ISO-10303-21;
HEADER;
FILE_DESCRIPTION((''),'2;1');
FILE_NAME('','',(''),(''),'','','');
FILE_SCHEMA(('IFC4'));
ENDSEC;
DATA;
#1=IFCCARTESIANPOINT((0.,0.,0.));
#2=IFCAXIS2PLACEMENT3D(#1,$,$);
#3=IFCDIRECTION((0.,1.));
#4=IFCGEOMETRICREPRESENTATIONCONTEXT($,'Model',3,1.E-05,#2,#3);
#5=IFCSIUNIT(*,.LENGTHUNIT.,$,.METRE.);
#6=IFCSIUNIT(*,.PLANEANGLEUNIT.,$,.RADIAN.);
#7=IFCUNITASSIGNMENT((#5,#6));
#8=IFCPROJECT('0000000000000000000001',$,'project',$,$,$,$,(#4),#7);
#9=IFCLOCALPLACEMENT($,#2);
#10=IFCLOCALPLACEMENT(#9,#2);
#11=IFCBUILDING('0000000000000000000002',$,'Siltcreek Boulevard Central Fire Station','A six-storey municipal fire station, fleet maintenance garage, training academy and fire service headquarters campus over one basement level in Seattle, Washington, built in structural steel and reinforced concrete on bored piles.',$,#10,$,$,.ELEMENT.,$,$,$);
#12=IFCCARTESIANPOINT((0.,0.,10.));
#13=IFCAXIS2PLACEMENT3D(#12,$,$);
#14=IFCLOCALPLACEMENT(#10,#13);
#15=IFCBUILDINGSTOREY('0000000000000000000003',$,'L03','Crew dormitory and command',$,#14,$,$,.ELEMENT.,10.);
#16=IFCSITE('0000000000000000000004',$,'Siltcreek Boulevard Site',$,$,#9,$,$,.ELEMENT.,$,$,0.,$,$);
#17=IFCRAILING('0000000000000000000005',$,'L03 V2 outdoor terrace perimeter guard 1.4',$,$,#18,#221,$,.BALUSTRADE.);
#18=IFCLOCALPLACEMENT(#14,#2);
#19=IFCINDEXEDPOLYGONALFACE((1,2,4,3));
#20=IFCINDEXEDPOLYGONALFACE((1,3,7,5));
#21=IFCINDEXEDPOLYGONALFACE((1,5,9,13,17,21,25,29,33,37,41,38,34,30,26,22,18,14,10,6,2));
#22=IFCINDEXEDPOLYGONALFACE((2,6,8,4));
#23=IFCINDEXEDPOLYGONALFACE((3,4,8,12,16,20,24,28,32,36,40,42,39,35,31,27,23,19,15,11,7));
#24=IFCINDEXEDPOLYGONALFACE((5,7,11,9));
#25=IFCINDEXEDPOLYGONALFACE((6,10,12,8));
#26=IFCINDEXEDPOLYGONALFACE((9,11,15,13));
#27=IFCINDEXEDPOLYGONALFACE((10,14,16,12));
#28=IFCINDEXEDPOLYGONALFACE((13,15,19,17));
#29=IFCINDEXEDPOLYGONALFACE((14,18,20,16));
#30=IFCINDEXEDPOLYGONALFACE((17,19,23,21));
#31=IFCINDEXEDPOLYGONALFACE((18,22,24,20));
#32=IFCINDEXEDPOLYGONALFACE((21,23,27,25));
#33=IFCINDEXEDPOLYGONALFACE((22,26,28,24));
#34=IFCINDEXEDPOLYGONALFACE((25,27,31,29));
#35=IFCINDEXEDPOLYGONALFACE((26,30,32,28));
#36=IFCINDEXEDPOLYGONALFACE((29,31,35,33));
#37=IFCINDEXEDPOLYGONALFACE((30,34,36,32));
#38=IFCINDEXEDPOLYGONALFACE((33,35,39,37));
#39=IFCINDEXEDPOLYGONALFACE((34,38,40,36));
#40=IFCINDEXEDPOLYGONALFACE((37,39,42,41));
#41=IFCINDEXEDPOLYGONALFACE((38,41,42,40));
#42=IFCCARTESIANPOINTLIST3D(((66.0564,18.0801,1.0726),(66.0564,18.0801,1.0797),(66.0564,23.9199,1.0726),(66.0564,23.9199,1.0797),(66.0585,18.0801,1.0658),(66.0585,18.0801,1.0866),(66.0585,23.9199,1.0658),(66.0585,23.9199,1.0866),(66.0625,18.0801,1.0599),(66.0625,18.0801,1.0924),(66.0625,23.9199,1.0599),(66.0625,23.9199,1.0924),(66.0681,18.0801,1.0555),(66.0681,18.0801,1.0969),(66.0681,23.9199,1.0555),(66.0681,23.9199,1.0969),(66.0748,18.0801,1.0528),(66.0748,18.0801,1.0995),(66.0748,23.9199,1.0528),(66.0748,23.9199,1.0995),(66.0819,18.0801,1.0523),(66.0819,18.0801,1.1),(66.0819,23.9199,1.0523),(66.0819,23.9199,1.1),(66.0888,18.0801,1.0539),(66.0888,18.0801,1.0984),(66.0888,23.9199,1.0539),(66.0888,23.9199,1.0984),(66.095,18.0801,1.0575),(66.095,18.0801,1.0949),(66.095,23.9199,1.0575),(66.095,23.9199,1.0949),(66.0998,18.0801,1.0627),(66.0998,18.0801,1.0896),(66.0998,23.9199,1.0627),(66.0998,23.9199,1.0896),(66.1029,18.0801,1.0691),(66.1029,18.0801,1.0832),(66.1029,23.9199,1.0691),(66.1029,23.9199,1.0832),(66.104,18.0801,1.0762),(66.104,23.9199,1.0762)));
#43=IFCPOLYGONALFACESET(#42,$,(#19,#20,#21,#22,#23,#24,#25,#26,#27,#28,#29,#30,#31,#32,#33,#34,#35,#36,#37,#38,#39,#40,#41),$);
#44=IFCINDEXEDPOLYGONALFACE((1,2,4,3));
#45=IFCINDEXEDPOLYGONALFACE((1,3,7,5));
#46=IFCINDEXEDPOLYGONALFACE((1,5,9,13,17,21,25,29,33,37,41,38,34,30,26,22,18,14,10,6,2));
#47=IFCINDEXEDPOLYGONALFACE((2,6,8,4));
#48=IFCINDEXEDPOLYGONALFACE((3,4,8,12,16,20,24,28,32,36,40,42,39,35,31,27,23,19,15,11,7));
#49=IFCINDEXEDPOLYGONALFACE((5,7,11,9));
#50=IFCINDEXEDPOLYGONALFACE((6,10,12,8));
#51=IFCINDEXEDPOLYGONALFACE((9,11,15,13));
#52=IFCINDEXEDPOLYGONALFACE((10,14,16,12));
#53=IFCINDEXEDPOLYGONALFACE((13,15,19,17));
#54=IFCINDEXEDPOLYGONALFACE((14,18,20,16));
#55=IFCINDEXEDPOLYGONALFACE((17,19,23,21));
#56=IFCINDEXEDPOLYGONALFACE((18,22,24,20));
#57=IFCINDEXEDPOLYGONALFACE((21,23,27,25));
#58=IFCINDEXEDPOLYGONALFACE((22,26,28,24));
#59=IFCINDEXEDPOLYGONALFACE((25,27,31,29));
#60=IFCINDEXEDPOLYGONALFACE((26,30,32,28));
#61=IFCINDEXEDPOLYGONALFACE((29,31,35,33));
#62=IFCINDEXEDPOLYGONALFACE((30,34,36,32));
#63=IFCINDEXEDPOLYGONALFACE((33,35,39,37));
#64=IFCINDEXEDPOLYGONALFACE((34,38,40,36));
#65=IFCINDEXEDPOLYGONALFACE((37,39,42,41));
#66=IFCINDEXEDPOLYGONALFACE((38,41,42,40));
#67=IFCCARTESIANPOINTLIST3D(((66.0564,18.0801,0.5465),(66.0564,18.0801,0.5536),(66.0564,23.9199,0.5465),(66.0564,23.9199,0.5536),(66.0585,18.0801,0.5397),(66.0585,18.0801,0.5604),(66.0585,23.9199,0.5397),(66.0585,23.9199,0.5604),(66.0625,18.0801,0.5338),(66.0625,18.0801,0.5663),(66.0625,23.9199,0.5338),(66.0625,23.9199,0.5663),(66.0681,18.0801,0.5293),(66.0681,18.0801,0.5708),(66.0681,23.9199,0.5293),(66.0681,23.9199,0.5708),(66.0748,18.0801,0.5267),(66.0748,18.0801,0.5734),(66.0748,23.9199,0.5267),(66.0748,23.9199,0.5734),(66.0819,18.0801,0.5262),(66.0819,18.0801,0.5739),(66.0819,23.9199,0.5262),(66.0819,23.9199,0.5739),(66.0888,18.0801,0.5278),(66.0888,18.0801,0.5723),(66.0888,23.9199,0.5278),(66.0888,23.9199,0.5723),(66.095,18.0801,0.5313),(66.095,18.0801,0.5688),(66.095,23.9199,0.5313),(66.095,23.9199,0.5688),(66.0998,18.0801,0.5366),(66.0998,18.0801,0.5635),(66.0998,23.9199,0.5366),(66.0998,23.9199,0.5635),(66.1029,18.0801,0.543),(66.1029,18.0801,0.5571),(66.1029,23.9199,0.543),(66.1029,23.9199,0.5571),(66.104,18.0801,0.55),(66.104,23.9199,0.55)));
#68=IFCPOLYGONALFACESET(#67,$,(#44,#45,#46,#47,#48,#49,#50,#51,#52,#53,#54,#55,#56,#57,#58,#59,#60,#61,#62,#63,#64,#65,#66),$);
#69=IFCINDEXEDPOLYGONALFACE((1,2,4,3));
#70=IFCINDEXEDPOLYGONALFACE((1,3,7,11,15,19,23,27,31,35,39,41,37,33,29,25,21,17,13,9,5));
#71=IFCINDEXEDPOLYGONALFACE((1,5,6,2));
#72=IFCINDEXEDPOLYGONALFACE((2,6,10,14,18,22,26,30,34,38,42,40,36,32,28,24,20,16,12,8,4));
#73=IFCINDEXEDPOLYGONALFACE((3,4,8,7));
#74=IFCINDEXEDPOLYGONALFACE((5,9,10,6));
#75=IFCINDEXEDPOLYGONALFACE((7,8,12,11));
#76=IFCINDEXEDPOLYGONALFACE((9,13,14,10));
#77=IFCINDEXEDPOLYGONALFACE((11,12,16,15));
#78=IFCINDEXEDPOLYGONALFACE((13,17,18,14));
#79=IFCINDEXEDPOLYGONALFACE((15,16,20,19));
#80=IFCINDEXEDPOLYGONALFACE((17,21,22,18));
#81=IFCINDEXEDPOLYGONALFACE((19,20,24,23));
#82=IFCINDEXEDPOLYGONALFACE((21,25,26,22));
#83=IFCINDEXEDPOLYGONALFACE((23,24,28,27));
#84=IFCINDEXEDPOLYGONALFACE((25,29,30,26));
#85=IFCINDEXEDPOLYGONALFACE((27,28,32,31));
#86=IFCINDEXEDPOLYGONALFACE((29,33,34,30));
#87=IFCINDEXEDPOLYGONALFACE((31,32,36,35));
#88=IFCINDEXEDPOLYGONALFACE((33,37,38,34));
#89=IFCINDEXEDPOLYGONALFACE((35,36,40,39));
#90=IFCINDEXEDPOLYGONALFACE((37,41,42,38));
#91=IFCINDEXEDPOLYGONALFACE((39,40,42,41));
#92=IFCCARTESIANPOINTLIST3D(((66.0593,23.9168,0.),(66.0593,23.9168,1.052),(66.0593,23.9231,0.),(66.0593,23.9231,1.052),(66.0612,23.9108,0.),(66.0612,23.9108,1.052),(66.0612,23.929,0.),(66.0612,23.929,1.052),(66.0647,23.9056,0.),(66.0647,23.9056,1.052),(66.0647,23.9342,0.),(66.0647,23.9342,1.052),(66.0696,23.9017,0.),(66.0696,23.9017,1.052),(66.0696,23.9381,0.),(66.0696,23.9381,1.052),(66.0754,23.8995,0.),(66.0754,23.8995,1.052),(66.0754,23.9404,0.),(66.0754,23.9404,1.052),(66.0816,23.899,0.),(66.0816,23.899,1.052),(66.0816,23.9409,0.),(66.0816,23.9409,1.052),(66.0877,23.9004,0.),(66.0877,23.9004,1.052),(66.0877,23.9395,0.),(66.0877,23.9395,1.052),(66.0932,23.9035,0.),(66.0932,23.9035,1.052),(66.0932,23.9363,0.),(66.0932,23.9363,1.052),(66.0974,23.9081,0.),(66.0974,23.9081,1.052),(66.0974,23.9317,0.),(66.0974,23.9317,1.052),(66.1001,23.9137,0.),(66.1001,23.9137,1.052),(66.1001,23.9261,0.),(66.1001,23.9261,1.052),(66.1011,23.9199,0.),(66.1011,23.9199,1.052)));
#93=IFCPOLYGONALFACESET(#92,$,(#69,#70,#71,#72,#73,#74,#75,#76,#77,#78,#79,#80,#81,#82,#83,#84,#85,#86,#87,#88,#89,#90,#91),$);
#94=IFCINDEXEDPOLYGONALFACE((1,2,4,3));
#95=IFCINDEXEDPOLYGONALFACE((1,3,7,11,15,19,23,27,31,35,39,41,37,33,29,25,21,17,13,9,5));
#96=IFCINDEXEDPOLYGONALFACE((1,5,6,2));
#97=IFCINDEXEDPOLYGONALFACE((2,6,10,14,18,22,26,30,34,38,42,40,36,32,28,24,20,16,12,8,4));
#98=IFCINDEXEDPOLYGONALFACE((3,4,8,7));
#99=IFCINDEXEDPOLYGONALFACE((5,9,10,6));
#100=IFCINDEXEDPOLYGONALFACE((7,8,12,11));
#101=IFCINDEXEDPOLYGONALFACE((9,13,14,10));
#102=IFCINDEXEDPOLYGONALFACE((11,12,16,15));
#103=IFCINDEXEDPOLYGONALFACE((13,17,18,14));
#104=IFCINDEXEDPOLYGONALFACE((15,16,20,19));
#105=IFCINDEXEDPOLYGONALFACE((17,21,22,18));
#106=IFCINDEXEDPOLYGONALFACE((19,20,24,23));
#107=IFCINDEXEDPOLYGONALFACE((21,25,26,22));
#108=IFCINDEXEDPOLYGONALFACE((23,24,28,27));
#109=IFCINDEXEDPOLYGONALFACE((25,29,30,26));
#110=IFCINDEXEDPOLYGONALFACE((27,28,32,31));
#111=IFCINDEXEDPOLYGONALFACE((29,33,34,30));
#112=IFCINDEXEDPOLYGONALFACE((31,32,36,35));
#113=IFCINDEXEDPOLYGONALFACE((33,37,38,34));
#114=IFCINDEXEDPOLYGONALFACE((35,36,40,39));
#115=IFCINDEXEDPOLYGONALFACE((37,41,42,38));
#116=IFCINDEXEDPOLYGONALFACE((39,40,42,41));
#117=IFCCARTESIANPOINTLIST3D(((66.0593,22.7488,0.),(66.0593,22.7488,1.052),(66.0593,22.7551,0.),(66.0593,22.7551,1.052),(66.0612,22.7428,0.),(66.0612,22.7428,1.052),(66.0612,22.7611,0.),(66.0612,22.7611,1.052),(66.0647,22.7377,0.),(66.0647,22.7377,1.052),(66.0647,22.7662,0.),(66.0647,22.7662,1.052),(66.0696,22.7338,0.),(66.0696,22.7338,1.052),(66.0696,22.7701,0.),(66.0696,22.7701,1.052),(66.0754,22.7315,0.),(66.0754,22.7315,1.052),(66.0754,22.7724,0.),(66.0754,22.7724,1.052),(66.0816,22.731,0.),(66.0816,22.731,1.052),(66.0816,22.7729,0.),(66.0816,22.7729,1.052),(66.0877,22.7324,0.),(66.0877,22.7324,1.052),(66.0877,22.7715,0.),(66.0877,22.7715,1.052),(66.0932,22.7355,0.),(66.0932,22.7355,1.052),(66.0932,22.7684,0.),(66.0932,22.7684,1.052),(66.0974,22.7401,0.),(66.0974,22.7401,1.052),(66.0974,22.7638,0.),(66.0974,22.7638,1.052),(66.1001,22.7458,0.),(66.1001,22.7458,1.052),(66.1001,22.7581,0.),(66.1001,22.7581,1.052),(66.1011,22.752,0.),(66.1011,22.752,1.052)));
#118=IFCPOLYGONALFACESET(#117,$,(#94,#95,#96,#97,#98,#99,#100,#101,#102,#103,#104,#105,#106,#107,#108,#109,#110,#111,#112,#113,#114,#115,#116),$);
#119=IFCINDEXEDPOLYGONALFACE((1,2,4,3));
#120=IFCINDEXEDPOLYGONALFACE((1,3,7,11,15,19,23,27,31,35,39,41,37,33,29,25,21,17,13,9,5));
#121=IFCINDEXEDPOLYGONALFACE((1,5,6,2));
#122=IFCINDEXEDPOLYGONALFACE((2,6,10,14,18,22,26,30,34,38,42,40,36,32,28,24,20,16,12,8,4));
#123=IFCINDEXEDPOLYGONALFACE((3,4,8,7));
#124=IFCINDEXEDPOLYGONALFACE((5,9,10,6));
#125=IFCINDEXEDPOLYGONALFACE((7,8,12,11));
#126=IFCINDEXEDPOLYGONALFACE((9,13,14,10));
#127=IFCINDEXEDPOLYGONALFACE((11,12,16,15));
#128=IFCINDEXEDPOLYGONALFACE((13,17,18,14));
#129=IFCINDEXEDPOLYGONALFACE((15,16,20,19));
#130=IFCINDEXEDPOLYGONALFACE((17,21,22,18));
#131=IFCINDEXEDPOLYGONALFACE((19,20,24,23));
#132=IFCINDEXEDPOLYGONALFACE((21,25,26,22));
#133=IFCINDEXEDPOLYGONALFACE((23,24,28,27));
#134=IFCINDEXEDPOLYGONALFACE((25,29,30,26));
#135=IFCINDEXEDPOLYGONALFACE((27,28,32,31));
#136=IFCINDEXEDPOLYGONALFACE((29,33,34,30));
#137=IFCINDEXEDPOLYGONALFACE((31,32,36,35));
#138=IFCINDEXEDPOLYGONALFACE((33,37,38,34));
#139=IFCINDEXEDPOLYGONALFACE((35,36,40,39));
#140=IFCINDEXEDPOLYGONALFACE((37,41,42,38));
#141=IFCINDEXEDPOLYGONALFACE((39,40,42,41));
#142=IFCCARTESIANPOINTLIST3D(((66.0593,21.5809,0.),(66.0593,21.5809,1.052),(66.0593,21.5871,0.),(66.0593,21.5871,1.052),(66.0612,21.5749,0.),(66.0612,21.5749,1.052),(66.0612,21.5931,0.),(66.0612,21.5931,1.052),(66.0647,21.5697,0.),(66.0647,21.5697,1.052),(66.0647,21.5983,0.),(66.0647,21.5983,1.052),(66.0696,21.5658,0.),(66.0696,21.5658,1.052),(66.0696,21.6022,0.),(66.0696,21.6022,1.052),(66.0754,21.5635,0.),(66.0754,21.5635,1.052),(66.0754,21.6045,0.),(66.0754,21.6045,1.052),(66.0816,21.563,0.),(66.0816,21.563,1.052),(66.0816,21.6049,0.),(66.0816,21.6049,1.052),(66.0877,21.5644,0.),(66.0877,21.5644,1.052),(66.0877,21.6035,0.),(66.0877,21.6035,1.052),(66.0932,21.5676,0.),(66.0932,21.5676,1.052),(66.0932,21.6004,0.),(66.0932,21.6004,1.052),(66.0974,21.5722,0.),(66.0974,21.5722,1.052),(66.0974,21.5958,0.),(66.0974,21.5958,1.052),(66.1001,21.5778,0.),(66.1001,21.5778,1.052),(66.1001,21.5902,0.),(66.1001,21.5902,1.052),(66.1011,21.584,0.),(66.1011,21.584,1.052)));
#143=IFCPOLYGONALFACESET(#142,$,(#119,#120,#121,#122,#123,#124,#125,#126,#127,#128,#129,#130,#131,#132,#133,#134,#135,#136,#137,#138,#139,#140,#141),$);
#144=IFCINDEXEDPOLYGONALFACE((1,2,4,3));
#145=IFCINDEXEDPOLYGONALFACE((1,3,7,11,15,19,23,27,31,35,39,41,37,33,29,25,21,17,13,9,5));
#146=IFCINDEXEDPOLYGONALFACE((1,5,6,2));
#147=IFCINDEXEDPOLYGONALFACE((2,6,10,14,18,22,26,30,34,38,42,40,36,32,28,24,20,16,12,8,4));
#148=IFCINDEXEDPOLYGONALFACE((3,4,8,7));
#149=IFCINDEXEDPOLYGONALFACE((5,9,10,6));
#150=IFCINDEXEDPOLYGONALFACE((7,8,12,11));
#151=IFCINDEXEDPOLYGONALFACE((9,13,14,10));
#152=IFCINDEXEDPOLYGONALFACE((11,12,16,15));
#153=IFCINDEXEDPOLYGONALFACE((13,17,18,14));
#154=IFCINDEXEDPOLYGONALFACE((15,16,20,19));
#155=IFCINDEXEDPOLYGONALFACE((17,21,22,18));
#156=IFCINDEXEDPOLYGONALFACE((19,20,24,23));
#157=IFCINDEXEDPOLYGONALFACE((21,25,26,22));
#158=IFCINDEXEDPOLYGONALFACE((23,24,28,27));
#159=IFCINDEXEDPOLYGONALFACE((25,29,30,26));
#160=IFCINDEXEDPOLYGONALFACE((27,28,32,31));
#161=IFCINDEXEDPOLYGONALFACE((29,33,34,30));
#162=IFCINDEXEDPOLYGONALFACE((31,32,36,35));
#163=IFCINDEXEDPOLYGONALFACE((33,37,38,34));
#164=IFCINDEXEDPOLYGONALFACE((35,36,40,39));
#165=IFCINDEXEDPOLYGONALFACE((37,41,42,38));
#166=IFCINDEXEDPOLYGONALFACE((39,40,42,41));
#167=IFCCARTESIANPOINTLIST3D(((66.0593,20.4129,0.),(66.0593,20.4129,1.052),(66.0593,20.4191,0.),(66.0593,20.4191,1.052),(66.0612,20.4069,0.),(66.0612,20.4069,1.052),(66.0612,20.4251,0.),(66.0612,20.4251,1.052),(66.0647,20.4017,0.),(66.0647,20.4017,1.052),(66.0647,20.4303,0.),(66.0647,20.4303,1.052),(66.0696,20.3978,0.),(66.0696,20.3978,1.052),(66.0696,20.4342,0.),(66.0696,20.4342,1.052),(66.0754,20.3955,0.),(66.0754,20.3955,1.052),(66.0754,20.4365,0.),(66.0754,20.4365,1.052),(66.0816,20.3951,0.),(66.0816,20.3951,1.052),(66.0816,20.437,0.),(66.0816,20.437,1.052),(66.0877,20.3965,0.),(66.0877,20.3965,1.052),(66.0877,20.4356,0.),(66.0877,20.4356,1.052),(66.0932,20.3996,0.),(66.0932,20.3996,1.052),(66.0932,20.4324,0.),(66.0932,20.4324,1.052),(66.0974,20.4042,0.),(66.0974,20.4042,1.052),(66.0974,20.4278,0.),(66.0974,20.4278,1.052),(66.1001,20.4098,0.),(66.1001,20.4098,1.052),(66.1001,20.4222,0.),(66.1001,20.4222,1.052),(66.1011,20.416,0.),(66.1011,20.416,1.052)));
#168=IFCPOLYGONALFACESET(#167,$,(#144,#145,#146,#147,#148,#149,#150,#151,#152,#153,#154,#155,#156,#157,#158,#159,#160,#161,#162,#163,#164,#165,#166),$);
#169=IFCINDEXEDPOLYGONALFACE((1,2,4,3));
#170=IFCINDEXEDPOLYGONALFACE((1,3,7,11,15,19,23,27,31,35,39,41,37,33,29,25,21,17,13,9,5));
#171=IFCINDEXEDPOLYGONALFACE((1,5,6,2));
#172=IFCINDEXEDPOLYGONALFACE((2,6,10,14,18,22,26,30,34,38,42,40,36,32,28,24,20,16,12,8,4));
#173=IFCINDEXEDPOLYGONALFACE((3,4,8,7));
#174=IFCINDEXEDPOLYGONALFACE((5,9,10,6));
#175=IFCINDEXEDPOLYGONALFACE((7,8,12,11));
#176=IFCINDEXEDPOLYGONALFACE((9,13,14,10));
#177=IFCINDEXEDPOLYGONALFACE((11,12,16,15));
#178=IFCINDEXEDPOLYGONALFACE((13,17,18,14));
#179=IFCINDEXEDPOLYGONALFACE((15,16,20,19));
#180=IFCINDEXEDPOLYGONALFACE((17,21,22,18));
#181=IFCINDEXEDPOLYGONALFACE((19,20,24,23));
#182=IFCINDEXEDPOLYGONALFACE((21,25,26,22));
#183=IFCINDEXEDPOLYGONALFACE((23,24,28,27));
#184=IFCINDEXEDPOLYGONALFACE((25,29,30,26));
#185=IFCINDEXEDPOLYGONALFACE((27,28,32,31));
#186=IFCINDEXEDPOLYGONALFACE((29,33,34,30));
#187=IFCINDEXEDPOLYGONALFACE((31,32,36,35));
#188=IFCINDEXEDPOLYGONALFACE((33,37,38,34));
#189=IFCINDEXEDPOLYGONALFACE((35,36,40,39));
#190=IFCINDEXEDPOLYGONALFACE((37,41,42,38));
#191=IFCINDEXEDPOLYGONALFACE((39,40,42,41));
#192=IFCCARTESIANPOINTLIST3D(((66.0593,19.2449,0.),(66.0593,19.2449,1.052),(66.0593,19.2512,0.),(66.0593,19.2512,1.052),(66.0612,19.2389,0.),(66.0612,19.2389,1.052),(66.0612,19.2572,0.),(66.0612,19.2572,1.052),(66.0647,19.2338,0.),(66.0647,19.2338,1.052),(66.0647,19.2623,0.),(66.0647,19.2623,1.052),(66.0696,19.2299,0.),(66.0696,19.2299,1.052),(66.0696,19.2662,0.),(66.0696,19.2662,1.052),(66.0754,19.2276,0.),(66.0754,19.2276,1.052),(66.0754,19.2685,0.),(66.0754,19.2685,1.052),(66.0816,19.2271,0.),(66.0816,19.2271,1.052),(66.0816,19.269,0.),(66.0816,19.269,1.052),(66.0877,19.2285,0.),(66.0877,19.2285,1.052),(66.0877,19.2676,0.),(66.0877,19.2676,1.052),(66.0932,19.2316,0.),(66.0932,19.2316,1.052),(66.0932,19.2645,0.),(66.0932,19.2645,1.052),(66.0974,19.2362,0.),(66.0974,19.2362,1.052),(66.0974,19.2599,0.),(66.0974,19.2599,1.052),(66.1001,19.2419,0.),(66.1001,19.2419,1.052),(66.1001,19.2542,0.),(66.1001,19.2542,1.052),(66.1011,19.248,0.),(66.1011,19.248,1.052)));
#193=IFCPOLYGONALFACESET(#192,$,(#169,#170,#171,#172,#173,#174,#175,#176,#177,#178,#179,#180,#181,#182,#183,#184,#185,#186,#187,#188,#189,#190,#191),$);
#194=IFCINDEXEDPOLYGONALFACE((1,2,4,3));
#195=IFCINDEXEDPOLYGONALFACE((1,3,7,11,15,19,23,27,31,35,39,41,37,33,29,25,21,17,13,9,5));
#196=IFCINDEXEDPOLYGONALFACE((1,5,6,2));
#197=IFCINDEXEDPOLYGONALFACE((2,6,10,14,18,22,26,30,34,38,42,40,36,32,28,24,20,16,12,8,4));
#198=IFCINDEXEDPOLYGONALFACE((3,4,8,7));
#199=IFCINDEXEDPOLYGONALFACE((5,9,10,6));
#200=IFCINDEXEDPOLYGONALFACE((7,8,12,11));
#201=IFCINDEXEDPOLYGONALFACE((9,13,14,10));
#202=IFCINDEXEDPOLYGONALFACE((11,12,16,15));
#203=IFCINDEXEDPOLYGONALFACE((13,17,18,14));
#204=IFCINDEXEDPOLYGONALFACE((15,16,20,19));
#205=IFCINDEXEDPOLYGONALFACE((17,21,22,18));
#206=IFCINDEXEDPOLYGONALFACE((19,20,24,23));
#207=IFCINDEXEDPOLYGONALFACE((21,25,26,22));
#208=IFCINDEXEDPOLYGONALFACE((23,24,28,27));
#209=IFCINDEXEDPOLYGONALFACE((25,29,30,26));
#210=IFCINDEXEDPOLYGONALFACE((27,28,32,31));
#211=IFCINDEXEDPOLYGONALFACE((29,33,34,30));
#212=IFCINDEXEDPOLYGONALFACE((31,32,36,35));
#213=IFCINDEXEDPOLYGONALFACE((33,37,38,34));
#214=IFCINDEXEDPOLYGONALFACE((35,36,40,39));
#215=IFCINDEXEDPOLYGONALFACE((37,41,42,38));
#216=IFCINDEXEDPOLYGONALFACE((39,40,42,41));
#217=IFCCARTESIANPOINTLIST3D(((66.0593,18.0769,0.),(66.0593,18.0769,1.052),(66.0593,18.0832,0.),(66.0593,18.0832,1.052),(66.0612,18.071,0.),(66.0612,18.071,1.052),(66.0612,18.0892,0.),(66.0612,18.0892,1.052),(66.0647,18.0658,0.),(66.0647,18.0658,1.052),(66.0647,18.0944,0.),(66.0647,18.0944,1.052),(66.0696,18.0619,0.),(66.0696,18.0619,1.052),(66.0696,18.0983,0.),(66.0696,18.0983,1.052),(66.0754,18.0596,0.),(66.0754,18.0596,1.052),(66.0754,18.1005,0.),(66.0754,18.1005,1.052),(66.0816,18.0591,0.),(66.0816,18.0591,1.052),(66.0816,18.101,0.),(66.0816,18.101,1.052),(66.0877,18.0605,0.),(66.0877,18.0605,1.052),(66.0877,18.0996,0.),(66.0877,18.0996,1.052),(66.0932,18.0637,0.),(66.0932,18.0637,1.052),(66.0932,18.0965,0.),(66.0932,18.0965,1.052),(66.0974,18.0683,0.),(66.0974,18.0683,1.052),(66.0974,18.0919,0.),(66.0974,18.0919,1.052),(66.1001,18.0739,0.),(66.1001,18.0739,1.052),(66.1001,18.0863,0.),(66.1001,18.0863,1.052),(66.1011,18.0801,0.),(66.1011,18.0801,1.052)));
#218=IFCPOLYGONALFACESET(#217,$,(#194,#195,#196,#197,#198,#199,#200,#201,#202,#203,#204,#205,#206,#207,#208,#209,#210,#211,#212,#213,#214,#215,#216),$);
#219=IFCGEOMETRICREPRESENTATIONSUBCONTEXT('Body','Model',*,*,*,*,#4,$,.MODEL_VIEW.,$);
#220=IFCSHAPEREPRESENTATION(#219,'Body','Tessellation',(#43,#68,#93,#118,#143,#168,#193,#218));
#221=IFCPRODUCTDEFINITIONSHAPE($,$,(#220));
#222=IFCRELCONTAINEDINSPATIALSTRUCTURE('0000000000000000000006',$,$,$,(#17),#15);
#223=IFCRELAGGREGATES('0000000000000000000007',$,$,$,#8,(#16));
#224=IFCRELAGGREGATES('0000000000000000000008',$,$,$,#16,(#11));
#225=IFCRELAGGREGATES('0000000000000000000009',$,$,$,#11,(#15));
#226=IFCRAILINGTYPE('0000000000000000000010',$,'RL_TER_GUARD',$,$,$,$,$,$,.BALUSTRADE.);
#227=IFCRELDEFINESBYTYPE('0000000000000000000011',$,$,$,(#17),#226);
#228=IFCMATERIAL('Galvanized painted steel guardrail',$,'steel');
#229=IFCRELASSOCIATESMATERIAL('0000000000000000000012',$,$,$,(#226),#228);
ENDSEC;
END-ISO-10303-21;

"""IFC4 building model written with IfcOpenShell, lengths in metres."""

from ifc_helpers import new_model, si_unit, direction, frame, origin, origin_2d, place, context, subcontext, project, spatial, circle, extrude, material, type_object, element, save


model = new_model("IFC4")

# Units and contexts
model_context = context("Model", 3, precision=1e-05, world=origin(), true_north=direction((0.0, 1.0)))
body_context = subcontext(model_context, "Body", "Model", "MODEL_VIEW")
ifc_project = project(units=[si_unit("LENGTHUNIT", "METRE"), si_unit("PLANEANGLEUNIT", "RADIAN")], contexts=[model_context])

# Site, building, storey
site_placement = place(None, origin())
site = spatial("IfcSite", under=ifc_project, at=site_placement, Name="Siltcreek Boulevard Site", CompositionType="ELEMENT", RefElevation=0.0)
building_placement = place(site_placement, origin())
building = spatial("IfcBuilding", under=site, at=building_placement, Name="Siltcreek Boulevard Central Fire Station", Description="A six-storey municipal fire station, fleet maintenance garage, training academy and fire service headquarters campus over one basement level in Seattle, Washington, built in structural steel and reinforced concrete on bored piles.", CompositionType="ELEMENT")
storey_placement = place(building_placement, frame((0.0, 0.0, 10.0)))
storey = spatial("IfcBuildingStorey", under=building, at=storey_placement, Name="L03", Description="Crew dormitory and command", CompositionType="ELEMENT", Elevation=10.0)

# Railing
ifc_material_1 = material(Name="Galvanized painted steel guardrail", Category="steel")
railing_type = type_object("IfcRailingType", Name="RL_TER_GUARD", PredefinedType="BALUSTRADE", material=ifc_material_1)
railing_1_placement = place(storey_placement, frame((66.0801, 23.9199, 0.0)))
element("IfcRailing", 1, at=railing_1_placement, inside=storey, type_object=railing_type, Name="L03 V2 outdoor terrace perimeter guard 1.4", PredefinedType="BALUSTRADE", context=body_context, shape_type="SweptSolid", body=[
    extrude(circle(Radius=0.0239, at=origin_2d()), frame((0.0, 0.0, 1.0762), z_axis=(0.0, -1.0, 0.0), x_axis=(1.0, 0.0, 0.0)), (0.0, 0.0, 1.0), 5.8398),
    extrude(circle(Radius=0.0239, at=origin_2d()), frame((0.0, 0.0, 0.55), z_axis=(0.0, -1.0, 0.0), x_axis=(1.0, 0.0, 0.0)), (0.0, 0.0, 1.0), 5.8398),
    extrude(circle(Radius=0.021, at=origin_2d()), origin(), (0.0, 0.0, 1.0), 1.052),
    extrude(circle(Radius=0.021, at=origin_2d()), frame((0.0, -1.168, 0.0)), (0.0, 0.0, 1.0), 1.052),
    extrude(circle(Radius=0.021, at=origin_2d()), frame((0.0, -2.3359, 0.0)), (0.0, 0.0, 1.0), 1.052),
    extrude(circle(Radius=0.021, at=origin_2d()), frame((0.0, -3.5039, 0.0)), (0.0, 0.0, 1.0), 1.052),
    extrude(circle(Radius=0.021, at=origin_2d()), frame((0.0, -4.6719, 0.0)), (0.0, 0.0, 1.0), 1.052),
    extrude(circle(Radius=0.021, at=origin_2d()), frame((0.0, -5.8398, 0.0)), (0.0, 0.0, 1.0), 1.052),
])

save(model, "model.ifc")
